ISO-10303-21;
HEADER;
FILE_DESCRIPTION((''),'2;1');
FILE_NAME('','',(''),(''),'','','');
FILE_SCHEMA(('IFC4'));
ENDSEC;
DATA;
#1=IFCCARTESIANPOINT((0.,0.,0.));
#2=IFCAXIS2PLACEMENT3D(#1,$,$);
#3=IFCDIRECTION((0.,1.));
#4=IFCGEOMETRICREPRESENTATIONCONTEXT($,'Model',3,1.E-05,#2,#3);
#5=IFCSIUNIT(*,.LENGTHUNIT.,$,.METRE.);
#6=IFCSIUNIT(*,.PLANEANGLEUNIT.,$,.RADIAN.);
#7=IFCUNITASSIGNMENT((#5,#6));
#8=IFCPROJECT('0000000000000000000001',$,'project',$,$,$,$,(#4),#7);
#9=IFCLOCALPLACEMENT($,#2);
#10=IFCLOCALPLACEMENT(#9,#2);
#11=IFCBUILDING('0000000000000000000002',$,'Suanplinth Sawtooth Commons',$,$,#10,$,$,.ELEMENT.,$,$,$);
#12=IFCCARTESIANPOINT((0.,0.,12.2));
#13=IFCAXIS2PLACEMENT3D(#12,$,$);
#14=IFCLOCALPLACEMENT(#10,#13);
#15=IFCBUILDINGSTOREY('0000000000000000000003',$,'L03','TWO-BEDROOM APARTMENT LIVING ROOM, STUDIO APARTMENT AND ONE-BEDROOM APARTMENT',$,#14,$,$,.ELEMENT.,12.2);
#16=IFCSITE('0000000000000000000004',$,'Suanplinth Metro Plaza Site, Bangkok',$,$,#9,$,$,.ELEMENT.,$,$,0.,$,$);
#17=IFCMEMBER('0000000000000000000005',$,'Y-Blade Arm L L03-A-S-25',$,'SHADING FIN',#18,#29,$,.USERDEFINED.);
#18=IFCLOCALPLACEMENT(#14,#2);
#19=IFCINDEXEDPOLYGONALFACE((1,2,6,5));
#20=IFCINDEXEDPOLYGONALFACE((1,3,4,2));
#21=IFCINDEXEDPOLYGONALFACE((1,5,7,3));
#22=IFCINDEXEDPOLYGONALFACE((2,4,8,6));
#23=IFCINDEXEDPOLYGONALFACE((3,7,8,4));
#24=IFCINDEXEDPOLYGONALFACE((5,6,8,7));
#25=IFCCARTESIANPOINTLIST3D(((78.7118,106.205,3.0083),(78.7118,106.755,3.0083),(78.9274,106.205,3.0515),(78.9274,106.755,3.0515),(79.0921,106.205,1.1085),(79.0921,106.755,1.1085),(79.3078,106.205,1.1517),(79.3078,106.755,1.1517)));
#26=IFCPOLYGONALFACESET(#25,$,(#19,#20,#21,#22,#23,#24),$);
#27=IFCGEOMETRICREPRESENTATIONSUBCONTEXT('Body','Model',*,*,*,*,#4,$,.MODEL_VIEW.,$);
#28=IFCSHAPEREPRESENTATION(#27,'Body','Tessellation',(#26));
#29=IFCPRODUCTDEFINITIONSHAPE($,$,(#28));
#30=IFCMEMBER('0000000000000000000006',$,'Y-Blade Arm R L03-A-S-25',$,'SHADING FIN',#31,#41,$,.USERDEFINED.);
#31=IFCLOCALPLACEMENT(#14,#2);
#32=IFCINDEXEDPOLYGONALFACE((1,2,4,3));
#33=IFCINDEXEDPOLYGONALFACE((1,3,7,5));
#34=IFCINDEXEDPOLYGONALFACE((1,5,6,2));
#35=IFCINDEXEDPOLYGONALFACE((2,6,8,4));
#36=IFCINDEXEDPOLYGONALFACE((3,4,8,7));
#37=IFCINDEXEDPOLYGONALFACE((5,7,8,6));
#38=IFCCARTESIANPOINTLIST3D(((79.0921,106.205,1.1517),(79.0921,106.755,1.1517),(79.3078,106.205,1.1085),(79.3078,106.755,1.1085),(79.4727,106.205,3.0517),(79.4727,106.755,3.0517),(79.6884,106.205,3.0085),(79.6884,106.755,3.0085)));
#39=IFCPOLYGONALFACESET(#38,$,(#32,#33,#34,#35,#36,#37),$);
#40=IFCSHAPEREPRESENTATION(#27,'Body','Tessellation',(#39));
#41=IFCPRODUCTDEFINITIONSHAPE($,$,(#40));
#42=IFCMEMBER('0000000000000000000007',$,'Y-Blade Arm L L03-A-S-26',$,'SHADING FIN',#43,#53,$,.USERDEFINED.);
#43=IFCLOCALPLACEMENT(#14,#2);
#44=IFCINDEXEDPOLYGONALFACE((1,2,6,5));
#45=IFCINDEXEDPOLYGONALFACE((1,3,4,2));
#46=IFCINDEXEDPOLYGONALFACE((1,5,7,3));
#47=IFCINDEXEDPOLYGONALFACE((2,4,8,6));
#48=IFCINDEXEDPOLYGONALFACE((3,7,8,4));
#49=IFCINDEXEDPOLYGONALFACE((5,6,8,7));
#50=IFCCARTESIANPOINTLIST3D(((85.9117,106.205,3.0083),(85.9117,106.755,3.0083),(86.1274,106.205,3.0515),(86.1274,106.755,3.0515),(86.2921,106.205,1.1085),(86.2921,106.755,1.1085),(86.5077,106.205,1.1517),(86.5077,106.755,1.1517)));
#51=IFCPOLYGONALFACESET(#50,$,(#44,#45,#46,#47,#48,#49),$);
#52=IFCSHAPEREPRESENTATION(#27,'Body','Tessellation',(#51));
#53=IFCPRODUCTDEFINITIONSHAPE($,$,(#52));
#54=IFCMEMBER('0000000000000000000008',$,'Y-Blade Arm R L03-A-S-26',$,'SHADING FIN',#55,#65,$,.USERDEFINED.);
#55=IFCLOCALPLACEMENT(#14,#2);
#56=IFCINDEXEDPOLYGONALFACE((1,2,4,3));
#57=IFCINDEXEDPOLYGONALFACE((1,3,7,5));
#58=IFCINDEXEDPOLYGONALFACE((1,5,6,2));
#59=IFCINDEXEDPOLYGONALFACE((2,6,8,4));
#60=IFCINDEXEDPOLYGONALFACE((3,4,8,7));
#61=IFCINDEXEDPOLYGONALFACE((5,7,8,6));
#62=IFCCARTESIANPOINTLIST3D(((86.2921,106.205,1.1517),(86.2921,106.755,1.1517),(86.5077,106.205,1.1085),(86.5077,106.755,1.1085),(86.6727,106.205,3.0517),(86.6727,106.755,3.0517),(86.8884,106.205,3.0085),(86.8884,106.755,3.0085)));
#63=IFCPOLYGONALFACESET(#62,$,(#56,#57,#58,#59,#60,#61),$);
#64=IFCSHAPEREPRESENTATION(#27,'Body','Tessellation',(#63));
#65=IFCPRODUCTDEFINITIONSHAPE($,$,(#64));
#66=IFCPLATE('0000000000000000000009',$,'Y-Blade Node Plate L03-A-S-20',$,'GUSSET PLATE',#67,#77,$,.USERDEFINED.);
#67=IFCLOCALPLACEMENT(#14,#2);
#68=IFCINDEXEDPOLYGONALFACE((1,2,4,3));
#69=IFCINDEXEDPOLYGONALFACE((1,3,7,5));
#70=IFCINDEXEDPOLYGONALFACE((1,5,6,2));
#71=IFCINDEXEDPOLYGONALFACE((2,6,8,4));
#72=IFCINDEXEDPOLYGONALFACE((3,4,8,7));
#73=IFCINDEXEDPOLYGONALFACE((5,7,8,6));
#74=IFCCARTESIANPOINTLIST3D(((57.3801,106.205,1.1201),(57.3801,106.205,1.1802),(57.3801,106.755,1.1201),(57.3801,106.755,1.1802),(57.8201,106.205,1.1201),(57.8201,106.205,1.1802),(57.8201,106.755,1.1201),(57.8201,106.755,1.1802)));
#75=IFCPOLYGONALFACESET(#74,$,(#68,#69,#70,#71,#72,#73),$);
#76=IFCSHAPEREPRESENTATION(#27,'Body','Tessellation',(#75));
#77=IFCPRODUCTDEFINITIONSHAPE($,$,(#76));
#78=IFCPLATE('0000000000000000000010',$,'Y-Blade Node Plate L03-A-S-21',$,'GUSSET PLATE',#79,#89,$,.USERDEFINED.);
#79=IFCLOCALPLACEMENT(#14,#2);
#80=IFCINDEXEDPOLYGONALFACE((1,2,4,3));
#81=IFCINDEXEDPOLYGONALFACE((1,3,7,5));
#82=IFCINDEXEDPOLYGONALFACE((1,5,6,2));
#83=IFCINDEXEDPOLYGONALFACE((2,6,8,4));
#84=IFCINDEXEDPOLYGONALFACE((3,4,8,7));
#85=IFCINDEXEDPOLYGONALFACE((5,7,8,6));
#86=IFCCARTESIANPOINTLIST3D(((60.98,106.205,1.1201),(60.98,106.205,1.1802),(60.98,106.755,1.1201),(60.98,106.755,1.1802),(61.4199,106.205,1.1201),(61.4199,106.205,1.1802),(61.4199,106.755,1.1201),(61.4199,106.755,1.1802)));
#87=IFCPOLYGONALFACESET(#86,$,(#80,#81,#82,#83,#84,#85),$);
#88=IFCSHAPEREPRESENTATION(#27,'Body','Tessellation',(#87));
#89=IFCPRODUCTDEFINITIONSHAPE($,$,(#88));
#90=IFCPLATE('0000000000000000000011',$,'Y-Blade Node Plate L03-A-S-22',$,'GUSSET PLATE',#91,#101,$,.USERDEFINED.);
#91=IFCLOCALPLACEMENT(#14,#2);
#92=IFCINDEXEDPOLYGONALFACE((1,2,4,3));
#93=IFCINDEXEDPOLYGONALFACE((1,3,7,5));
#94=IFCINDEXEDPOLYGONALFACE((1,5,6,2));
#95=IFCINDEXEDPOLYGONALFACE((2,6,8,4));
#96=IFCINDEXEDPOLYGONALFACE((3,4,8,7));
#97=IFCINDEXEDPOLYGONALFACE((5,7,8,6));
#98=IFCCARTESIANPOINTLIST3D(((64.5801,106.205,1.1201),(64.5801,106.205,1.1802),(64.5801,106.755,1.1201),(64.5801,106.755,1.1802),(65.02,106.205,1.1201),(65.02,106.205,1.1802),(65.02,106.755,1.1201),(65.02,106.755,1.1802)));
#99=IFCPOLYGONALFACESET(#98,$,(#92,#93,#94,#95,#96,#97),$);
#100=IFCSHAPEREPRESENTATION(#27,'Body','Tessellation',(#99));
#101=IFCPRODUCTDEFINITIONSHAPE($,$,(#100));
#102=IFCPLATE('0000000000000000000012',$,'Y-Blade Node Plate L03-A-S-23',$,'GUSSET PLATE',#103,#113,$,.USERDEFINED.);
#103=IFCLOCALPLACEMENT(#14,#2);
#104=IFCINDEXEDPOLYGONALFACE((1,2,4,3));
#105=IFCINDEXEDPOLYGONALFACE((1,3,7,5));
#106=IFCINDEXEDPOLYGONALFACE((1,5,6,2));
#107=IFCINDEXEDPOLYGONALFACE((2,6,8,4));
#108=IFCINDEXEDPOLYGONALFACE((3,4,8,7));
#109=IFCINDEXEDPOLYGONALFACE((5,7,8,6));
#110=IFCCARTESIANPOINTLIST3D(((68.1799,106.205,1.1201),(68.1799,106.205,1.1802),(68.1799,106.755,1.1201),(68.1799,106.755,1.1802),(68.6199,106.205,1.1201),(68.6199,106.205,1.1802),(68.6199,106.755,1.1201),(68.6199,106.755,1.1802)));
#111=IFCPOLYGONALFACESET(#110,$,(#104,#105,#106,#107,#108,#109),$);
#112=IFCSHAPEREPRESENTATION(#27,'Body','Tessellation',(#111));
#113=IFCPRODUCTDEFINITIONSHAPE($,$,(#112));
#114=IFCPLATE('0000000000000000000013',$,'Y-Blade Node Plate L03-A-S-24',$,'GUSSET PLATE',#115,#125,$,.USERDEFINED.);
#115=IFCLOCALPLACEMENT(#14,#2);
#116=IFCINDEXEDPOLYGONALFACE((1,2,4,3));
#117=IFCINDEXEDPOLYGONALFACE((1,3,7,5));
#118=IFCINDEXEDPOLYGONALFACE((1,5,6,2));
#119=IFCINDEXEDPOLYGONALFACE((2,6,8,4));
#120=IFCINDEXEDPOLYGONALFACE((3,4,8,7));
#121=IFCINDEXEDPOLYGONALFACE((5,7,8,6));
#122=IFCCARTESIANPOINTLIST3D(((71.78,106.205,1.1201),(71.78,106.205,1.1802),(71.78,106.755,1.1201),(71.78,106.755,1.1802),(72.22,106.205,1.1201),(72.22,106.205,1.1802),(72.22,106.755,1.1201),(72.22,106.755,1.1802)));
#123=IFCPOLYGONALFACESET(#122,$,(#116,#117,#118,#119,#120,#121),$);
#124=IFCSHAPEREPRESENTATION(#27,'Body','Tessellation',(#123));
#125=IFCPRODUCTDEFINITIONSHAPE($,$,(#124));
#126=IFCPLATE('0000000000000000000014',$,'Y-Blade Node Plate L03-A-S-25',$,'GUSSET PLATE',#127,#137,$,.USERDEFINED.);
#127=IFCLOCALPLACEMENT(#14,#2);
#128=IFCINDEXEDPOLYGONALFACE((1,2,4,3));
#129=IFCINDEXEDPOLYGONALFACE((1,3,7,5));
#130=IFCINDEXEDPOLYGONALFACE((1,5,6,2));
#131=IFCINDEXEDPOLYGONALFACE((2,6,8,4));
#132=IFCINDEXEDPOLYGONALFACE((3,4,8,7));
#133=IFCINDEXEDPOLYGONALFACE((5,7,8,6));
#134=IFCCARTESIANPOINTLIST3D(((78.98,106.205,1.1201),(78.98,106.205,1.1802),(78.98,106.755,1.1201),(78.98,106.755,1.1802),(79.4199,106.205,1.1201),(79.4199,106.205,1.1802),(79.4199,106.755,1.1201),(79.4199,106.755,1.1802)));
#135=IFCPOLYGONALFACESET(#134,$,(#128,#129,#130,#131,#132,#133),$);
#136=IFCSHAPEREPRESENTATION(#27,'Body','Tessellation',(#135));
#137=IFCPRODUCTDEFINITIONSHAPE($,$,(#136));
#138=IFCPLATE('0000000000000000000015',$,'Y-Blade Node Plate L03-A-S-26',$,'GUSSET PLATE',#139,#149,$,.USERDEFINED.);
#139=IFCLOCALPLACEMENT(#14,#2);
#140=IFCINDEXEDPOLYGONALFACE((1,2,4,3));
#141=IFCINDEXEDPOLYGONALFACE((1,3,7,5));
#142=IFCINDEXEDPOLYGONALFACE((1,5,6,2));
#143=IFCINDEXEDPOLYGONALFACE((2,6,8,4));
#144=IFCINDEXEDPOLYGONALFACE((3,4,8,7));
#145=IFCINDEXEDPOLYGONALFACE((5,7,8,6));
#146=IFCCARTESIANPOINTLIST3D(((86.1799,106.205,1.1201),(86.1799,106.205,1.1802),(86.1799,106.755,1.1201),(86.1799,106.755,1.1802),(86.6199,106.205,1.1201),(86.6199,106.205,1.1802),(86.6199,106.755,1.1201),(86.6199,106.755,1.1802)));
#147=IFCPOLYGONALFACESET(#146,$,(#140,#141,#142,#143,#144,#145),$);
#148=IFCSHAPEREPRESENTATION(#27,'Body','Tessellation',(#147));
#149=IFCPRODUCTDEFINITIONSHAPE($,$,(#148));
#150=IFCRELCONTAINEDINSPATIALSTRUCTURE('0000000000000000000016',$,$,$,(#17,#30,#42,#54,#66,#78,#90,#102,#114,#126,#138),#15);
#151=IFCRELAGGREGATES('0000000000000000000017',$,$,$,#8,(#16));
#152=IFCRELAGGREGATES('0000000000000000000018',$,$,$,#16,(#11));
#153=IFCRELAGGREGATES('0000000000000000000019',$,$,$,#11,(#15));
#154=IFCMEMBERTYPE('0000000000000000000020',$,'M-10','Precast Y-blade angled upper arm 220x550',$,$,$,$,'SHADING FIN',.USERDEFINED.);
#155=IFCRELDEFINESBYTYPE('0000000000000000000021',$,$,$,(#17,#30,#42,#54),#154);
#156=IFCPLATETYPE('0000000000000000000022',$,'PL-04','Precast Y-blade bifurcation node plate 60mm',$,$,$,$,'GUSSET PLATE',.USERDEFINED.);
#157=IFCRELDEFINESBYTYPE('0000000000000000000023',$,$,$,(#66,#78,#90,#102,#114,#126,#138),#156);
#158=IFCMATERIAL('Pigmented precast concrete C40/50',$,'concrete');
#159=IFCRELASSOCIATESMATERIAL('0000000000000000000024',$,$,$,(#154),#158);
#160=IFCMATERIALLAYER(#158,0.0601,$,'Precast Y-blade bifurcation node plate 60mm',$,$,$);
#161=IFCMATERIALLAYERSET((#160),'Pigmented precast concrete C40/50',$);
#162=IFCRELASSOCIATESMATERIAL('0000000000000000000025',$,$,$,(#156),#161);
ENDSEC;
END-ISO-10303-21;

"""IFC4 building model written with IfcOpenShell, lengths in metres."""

from ifc_helpers import new_model, si_unit, direction, frame, origin, origin_2d, place, context, subcontext, project, spatial, rectangle, extrude, material, layer, layer_set, material_profile, profile_set, type_object, element, save


model = new_model("IFC4")

# Units and contexts
model_context = context("Model", 3, precision=1e-05, world=origin(), true_north=direction((0.0, 1.0)))
body_context = subcontext(model_context, "Body", "Model", "MODEL_VIEW")
ifc_project = project(units=[si_unit("LENGTHUNIT", "METRE"), si_unit("PLANEANGLEUNIT", "RADIAN")], contexts=[model_context])

# Site, building, storey
site_placement = place(None, origin())
site = spatial("IfcSite", under=ifc_project, at=site_placement, Name="Suanplinth Metro Plaza Site, Bangkok", CompositionType="ELEMENT", RefElevation=0.0)
building_placement = place(site_placement, origin())
building = spatial("IfcBuilding", under=site, at=building_placement, Name="Suanplinth Sawtooth Commons", CompositionType="ELEMENT")
storey_placement = place(building_placement, frame((0.0, 0.0, 12.2)))
storey = spatial("IfcBuildingStorey", under=building, at=storey_placement, Name="L03", Description="TWO-BEDROOM APARTMENT LIVING ROOM, STUDIO APARTMENT AND ONE-BEDROOM APARTMENT", CompositionType="ELEMENT", Elevation=12.2)

# Members
ifc_material = material(Name="Pigmented precast concrete C40/50", Category="concrete")
ifc_material_profile_1 = material_profile(ifc_material, rectangle(XDim=0.22, YDim=0.55, at=origin_2d()), Name="PC-FIN 220x550")
ifc_profile_set_1 = profile_set([ifc_material_profile_1], Name="Pigmented precast concrete C40/50")
member_type_1 = type_object("IfcMemberType", Name="M-10", Description="Precast Y-blade angled upper arm 220x550", ElementType="SHADING FIN", PredefinedType="USERDEFINED", material=ifc_profile_set_1)
member_1_placement = place(storey_placement, frame((79.2, 106.48, 1.1301), z_axis=(-0.19631, 0.0, 0.980542), x_axis=(0.980542, 0.0, 0.19631)))
element("IfcMember", 1, at=member_1_placement, inside=storey, type_object=member_type_1, Name="Y-Blade Arm L L03-A-S-25", ObjectType="SHADING FIN", PredefinedType="USERDEFINED", context=body_context, shape_type="SweptSolid", body=[
    extrude(rectangle(XDim=0.22, YDim=0.55, at=origin_2d()), origin(), (0.0, 0.0, 1.0), 1.9375),
])
member_2_placement = place(storey_placement, frame((79.2, 106.48, 1.1301), z_axis=(0.196431, 0.0, 0.980518), x_axis=(-0.980518, 0.0, 0.196431)))
element("IfcMember", 2, at=member_2_placement, inside=storey, type_object=member_type_1, Name="Y-Blade Arm R L03-A-S-25", ObjectType="SHADING FIN", PredefinedType="USERDEFINED", context=body_context, shape_type="SweptSolid", body=[
    extrude(rectangle(XDim=0.22, YDim=0.55, at=origin_2d()), origin(), (0.0, 0.0, 1.0), 1.9377),
])
member_3_placement = place(storey_placement, frame((86.3999, 106.48, 1.1301), z_axis=(-0.19631, 0.0, 0.980542), x_axis=(0.980542, 0.0, 0.19631)))
element("IfcMember", 3, at=member_3_placement, inside=storey, type_object=member_type_1, Name="Y-Blade Arm L L03-A-S-26", ObjectType="SHADING FIN", PredefinedType="USERDEFINED", context=body_context, shape_type="SweptSolid", body=[
    extrude(rectangle(XDim=0.22, YDim=0.55, at=origin_2d()), origin(), (0.0, 0.0, 1.0), 1.9375),
])
member_4_placement = place(storey_placement, frame((86.3999, 106.48, 1.1301), z_axis=(0.196431, 0.0, 0.980518), x_axis=(-0.980518, 0.0, 0.196431)))
element("IfcMember", 4, at=member_4_placement, inside=storey, type_object=member_type_1, Name="Y-Blade Arm R L03-A-S-26", ObjectType="SHADING FIN", PredefinedType="USERDEFINED", context=body_context, shape_type="SweptSolid", body=[
    extrude(rectangle(XDim=0.22, YDim=0.55, at=origin_2d()), origin(), (0.0, 0.0, 1.0), 1.9377),
])

# Plates
ifc_layer = layer(ifc_material, 0.0601, Name="Precast Y-blade bifurcation node plate 60mm")
ifc_layer_set = layer_set([ifc_layer], Name="Pigmented precast concrete C40/50")
plate_type = type_object("IfcPlateType", Name="PL-04", Description="Precast Y-blade bifurcation node plate 60mm", ElementType="GUSSET PLATE", PredefinedType="USERDEFINED", material=ifc_layer_set)
for number, where, z_axis, x_axis, name in (
    (5, (57.6001, 106.48, 1.1201), (0.0, 0.0, 1.0), (1.0, 0.0, 0.0), "Y-Blade Node Plate L03-A-S-20"),
    (6, (61.2, 106.48, 1.1201), (0.0, 0.0, 1.0), (1.0, 0.0, 0.0), "Y-Blade Node Plate L03-A-S-21"),
    (7, (64.8, 106.48, 1.1201), (0.0, 0.0, 1.0), (1.0, 0.0, 0.0), "Y-Blade Node Plate L03-A-S-22"),
    (8, (68.3999, 106.48, 1.1201), (0.0, 0.0, 1.0), (1.0, 0.0, 0.0), "Y-Blade Node Plate L03-A-S-23"),
    (9, (72.0, 106.48, 1.1201), (0.0, 0.0, 1.0), (1.0, 0.0, 0.0), "Y-Blade Node Plate L03-A-S-24"),
    (10, (79.2, 106.48, 1.1201), (0.0, 0.0, 1.0), (1.0, 0.0, 0.0), "Y-Blade Node Plate L03-A-S-25"),
    (11, (86.3999, 106.48, 1.1201), (0.0, 0.0, 1.0), (1.0, 0.0, 0.0), "Y-Blade Node Plate L03-A-S-26"),
):
    element("IfcPlate", number, at=place(storey_placement, frame(where, z_axis=z_axis, x_axis=x_axis)), inside=storey, type_object=plate_type, Name=name, ObjectType="GUSSET PLATE", PredefinedType="USERDEFINED", context=body_context, shape_type="SweptSolid", body=[
        extrude(rectangle(XDim=0.4399, YDim=0.55, at=origin_2d()), origin(), (0.0, 0.0, 1.0), 0.0601),
    ])

save(model, "model.ifc")
